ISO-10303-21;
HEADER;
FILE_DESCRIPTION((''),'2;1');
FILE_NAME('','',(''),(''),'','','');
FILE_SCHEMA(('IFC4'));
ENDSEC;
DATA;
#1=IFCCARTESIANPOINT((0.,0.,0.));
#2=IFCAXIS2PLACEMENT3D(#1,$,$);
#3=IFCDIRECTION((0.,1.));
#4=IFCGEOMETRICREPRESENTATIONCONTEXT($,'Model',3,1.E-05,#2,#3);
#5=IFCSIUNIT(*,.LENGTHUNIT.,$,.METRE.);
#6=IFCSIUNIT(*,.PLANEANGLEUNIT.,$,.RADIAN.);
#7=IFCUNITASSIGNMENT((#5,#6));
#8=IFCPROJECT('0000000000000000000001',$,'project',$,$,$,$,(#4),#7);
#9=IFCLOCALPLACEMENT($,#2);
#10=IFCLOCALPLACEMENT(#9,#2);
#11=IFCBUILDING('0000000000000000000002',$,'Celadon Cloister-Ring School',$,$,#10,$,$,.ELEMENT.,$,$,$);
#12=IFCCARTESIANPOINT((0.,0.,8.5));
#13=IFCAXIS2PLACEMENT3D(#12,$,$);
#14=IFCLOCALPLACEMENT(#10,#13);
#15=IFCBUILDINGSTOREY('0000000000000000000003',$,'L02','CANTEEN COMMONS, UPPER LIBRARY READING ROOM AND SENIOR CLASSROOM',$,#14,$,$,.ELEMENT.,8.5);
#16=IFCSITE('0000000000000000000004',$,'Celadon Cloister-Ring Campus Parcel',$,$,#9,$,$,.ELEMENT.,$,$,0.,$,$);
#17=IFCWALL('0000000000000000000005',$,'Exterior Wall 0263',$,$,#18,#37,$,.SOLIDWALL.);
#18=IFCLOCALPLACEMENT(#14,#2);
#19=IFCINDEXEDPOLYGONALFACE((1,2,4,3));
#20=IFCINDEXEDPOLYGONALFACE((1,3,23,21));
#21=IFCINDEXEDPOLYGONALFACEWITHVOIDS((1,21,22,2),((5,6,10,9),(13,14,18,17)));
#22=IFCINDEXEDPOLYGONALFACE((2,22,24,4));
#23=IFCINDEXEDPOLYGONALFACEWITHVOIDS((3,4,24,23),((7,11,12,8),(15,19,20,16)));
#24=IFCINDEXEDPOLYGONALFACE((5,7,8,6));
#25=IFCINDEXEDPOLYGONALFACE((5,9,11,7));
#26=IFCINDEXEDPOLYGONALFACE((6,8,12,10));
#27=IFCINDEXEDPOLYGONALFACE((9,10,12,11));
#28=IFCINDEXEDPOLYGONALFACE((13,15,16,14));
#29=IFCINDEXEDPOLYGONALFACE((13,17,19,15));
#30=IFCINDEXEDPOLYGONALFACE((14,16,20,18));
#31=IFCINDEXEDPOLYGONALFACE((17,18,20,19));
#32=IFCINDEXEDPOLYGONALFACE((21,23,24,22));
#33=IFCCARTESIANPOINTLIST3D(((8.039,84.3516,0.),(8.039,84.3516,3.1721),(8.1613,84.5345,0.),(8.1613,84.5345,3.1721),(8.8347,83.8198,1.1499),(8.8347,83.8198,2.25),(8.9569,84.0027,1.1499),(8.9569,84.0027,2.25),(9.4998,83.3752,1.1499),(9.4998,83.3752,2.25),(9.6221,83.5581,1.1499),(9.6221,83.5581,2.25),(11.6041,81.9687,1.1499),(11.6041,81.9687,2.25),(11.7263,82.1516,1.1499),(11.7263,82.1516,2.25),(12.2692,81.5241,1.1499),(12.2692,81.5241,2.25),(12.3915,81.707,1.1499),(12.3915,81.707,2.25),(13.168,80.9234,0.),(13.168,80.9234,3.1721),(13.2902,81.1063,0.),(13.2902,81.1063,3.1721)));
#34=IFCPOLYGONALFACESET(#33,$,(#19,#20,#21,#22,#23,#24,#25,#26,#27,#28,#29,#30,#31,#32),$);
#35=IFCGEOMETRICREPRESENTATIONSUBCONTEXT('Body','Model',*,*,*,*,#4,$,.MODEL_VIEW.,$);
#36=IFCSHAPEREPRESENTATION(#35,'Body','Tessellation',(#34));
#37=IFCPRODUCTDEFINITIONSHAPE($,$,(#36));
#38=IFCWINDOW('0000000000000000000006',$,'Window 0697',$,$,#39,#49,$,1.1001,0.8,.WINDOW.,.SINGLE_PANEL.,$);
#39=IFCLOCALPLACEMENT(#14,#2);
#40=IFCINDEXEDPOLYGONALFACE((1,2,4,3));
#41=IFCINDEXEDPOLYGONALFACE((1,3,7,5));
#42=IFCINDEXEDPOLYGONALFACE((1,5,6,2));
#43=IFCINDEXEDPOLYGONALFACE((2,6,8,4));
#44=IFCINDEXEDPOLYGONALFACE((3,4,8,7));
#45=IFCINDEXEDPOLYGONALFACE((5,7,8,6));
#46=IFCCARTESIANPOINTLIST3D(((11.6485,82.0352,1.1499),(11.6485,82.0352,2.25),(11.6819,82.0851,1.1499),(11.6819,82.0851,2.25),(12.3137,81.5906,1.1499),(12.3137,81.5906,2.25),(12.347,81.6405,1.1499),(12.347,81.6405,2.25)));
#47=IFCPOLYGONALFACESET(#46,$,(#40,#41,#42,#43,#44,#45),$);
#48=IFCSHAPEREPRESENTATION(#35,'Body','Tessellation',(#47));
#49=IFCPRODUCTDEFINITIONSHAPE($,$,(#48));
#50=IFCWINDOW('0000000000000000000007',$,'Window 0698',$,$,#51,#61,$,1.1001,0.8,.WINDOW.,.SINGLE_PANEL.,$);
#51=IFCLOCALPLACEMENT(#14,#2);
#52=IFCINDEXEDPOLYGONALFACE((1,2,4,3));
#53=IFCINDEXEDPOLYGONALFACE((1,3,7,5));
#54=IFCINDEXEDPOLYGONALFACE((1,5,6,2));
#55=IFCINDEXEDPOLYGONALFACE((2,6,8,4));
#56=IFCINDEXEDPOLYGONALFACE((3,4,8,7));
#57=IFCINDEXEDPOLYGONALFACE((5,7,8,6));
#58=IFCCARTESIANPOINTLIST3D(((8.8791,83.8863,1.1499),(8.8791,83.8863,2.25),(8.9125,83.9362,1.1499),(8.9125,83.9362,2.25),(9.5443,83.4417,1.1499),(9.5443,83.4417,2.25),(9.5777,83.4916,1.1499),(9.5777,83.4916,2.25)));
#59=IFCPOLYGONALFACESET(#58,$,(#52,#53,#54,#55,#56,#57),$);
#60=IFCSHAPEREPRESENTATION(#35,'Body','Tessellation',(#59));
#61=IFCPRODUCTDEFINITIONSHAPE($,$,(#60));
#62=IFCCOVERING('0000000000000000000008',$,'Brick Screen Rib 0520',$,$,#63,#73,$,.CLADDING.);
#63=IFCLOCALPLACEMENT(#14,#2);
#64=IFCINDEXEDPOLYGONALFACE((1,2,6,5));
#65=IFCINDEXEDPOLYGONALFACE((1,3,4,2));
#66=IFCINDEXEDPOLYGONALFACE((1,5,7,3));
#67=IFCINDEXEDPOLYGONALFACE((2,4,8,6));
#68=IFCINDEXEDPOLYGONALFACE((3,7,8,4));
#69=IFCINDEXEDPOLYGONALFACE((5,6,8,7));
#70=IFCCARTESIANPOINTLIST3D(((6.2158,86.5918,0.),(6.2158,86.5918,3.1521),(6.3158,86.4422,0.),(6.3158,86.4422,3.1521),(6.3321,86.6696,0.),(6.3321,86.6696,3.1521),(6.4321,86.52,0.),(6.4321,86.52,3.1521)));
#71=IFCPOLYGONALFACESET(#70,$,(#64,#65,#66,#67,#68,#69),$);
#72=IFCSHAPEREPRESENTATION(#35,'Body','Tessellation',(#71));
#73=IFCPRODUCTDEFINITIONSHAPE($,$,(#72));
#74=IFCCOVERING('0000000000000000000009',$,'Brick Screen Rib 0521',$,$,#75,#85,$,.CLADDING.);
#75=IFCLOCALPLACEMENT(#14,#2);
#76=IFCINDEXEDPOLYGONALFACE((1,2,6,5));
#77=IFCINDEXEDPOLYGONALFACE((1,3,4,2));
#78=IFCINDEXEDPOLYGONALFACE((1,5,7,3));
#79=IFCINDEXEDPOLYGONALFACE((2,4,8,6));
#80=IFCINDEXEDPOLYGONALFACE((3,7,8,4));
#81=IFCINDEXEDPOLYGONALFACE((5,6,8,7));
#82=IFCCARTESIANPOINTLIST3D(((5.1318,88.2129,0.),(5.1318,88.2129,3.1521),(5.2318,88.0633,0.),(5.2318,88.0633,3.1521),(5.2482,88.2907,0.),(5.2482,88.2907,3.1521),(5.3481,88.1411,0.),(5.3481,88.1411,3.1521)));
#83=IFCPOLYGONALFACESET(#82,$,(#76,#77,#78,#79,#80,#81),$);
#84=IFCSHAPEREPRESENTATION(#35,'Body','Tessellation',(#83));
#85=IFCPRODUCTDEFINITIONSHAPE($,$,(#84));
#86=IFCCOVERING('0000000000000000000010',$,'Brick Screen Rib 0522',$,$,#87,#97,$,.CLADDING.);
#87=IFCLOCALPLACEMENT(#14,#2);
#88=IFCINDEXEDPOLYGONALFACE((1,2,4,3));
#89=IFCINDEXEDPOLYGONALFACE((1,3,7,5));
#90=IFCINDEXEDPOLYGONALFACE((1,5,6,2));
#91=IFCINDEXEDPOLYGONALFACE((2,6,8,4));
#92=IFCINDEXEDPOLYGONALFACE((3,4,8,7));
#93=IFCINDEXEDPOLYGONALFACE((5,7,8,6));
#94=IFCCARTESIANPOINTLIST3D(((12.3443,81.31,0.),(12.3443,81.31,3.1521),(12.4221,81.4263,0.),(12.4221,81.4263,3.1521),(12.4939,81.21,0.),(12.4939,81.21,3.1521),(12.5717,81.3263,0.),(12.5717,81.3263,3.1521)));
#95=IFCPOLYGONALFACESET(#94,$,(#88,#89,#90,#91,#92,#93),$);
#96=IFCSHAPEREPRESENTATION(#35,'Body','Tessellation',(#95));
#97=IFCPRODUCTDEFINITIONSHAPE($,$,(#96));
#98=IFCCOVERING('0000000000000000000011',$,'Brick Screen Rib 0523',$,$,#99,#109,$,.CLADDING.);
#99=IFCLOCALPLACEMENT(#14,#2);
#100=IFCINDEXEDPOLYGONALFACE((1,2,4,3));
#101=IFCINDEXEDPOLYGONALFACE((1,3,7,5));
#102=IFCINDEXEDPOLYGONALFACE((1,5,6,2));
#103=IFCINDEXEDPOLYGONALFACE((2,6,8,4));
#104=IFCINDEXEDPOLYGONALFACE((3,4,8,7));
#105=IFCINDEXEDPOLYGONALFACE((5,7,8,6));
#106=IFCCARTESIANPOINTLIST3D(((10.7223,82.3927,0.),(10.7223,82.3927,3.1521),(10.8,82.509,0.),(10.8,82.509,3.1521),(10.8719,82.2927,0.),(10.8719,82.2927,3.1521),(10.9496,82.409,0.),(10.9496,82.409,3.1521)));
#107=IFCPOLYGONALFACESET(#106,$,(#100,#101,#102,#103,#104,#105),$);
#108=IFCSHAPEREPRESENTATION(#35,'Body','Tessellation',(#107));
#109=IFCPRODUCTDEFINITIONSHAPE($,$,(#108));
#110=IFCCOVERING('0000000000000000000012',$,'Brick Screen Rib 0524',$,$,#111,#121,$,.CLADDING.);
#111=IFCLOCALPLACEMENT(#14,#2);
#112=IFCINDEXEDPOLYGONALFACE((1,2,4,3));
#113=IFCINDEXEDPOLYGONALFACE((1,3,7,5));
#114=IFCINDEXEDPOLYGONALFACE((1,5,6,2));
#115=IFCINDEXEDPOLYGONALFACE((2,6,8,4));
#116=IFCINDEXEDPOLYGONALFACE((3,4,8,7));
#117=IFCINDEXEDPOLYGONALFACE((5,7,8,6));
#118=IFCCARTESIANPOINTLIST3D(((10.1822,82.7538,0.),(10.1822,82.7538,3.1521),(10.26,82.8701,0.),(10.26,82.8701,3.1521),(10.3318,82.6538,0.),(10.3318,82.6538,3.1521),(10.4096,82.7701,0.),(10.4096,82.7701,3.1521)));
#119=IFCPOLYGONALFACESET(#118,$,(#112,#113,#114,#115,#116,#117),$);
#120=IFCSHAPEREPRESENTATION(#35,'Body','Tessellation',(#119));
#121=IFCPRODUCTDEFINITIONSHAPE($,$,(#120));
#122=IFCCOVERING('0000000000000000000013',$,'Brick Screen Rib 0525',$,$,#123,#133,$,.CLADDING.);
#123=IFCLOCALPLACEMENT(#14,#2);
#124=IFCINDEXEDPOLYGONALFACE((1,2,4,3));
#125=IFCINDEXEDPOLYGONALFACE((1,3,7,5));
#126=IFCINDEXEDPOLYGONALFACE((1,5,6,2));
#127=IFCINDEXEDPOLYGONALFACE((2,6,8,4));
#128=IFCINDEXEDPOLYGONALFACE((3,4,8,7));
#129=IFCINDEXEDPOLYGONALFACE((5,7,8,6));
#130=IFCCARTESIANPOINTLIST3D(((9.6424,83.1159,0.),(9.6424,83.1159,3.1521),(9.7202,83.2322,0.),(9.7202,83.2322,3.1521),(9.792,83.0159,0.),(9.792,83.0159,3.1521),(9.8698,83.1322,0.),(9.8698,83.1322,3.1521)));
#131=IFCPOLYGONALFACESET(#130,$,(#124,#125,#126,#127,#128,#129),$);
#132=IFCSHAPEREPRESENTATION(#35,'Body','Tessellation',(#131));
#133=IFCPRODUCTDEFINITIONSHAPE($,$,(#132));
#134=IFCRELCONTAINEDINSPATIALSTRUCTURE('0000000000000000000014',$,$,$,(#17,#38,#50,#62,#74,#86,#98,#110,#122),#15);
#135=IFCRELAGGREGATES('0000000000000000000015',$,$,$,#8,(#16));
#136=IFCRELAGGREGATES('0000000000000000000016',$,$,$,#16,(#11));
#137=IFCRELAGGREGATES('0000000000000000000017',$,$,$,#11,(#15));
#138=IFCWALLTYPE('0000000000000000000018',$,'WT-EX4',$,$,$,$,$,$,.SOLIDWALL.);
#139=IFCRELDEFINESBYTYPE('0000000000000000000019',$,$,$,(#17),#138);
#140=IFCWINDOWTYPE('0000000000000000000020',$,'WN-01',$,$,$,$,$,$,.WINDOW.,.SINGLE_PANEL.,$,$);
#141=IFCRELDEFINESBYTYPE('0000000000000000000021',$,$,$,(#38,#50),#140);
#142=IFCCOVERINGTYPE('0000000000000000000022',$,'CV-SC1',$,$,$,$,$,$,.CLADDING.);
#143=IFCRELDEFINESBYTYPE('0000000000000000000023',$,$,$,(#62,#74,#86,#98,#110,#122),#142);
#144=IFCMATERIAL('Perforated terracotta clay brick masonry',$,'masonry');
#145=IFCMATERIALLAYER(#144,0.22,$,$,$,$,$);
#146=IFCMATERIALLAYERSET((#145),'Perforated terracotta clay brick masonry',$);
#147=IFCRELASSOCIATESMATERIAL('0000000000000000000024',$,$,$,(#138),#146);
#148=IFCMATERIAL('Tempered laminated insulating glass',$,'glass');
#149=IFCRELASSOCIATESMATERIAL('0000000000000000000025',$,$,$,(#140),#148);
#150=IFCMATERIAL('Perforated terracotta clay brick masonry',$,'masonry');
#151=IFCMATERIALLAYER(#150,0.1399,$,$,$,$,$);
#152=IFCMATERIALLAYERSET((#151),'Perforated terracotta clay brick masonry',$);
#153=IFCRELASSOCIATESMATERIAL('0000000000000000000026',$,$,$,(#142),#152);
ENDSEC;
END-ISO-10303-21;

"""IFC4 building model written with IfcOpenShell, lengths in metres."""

from ifc_helpers import new_model, si_unit, direction, frame, frame_2d, origin, origin_2d, place, context, subcontext, project, spatial, rectangle, extrude, material, layer, layer_set, type_object, element, fill, save


model = new_model("IFC4")

# Units and contexts
model_context = context("Model", 3, precision=1e-05, world=origin(), true_north=direction((0.0, 1.0)))
body_context = subcontext(model_context, "Body", "Model", "MODEL_VIEW")
ifc_project = project(units=[si_unit("LENGTHUNIT", "METRE"), si_unit("PLANEANGLEUNIT", "RADIAN")], contexts=[model_context])

# Site, building, storey
site_placement = place(None, origin())
site = spatial("IfcSite", under=ifc_project, at=site_placement, Name="Celadon Cloister-Ring Campus Parcel", CompositionType="ELEMENT", RefElevation=0.0)
building_placement = place(site_placement, origin())
building = spatial("IfcBuilding", under=site, at=building_placement, Name="Celadon Cloister-Ring School", CompositionType="ELEMENT")
storey_placement = place(building_placement, frame((0.0, 0.0, 8.5)))
storey = spatial("IfcBuildingStorey", under=building, at=storey_placement, Name="L02", Description="CANTEEN COMMONS, UPPER LIBRARY READING ROOM AND SENIOR CLASSROOM", CompositionType="ELEMENT", Elevation=8.5)

# Wall, openings, windows
ifc_material_1 = material(Name="Perforated terracotta clay brick masonry", Category="masonry")
ifc_layer_1 = layer(ifc_material_1, 0.22)
ifc_layer_set_1 = layer_set([ifc_layer_1], Name="Perforated terracotta clay brick masonry")
wall_type = type_object("IfcWallType", Name="WT-EX4", PredefinedType="SOLIDWALL", material=ifc_layer_set_1)
wall_1_placement = place(storey_placement, frame((13.229, 81.0149, 0.0), z_axis=(0.0, 0.0, 1.0), x_axis=(-0.83138, 0.555704, 0.0)))
wall_1 = element("IfcWall", 1, at=wall_1_placement, inside=storey, type_object=wall_type, Name="Exterior Wall 0263", PredefinedType="SOLIDWALL", context=body_context, shape_type="SweptSolid", body=[
    extrude(rectangle(XDim=6.1692, YDim=0.22, at=frame_2d((3.0845, 0.0))), origin(), (0.0, 0.0, 1.0), 3.1721),
])
opening_1_placement = place(wall_1_placement, frame((1.0811, 0.0, 1.1499)))
opening_1 = element("IfcOpeningElement", 2, at=opening_1_placement, cuts=wall_1, PredefinedType="OPENING", context=body_context, shape_type="SweptSolid", body=[
    extrude(rectangle(XDim=0.8, YDim=1.1001, at=frame_2d((0.3999, 0.55))), frame((0.0, 0.1201, 0.0), z_axis=(0.0, -1.0, 0.0), x_axis=(1.0, 0.0, 0.0)), (0.0, 0.0, 1.0), 0.24),
])
opening_2_placement = place(wall_1_placement, frame((4.4121, 0.0, 1.1499)))
opening_2 = element("IfcOpeningElement", 3, at=opening_2_placement, cuts=wall_1, PredefinedType="OPENING", context=body_context, shape_type="SweptSolid", body=[
    extrude(rectangle(XDim=0.8, YDim=1.1001, at=frame_2d((0.3999, 0.55))), frame((0.0, 0.1201, 0.0), z_axis=(0.0, -1.0, 0.0), x_axis=(1.0, 0.0, 0.0)), (0.0, 0.0, 1.0), 0.24),
])
ifc_material_2 = material(Name="Tempered laminated insulating glass", Category="glass")
window_type_1 = type_object("IfcWindowType", Name="WN-01", PartitioningType="SINGLE_PANEL", PredefinedType="WINDOW", material=ifc_material_2)
window_1_placement = place(opening_1_placement, origin())
window_1 = element("IfcWindow", 4, at=window_1_placement, inside=storey, type_object=window_type_1, Name="Window 0697", OverallHeight=1.1001, OverallWidth=0.8, PartitioningType="SINGLE_PANEL", PredefinedType="WINDOW", context=body_context, shape_type="SweptSolid", body=[
    extrude(rectangle(XDim=0.8, YDim=1.1001, at=frame_2d((0.3999, 0.55))), frame((0.0, 0.03, 0.0), z_axis=(0.0, -1.0, 0.0), x_axis=(1.0, 0.0, 0.0)), (0.0, 0.0, 1.0), 0.0601),
])
fill(opening_1, window_1)
window_2_placement = place(opening_2_placement, origin())
window_2 = element("IfcWindow", 5, at=window_2_placement, inside=storey, type_object=window_type_1, Name="Window 0698", OverallHeight=1.1001, OverallWidth=0.8, PartitioningType="SINGLE_PANEL", PredefinedType="WINDOW", context=body_context, shape_type="SweptSolid", body=[
    extrude(rectangle(XDim=0.8, YDim=1.1001, at=frame_2d((0.3999, 0.55))), frame((0.0, 0.03, 0.0), z_axis=(0.0, -1.0, 0.0), x_axis=(1.0, 0.0, 0.0)), (0.0, 0.0, 1.0), 0.0601),
])
fill(opening_2, window_2)

# Coverings
ifc_material_3 = material(Name="Perforated terracotta clay brick masonry", Category="masonry")
ifc_layer_2 = layer(ifc_material_3, 0.1399)
ifc_layer_set_2 = layer_set([ifc_layer_2], Name="Perforated terracotta clay brick masonry")
covering_type = type_object("IfcCoveringType", Name="CV-SC1", PredefinedType="CLADDING", material=ifc_layer_set_2)
for number, where, z_axis, x_axis, name in (
    (6, (6.324, 86.5559, 0.0), (0.0, 0.0, 1.0), (-0.555672, 0.831402, 0.0), "Brick Screen Rib 0520"),
    (7, (5.24, 88.177, 0.0), (0.0, 0.0, 1.0), (-0.555672, 0.831402, 0.0), "Brick Screen Rib 0521"),
    (8, (12.458, 81.3181, 0.0), (0.0, 0.0, 1.0), (-0.831402, 0.555672, 0.0), "Brick Screen Rib 0522"),
    (9, (10.8359, 82.4009, 0.0), (0.0, 0.0, 1.0), (-0.831402, 0.555672, 0.0), "Brick Screen Rib 0523"),
    (10, (10.2959, 82.762, 0.0), (0.0, 0.0, 1.0), (-0.831402, 0.555672, 0.0), "Brick Screen Rib 0524"),
    (11, (9.7561, 83.124, 0.0), (0.0, 0.0, 1.0), (-0.831402, 0.555672, 0.0), "Brick Screen Rib 0525"),
):
    element("IfcCovering", number, at=place(storey_placement, frame(where, z_axis=z_axis, x_axis=x_axis)), inside=storey, type_object=covering_type, Name=name, PredefinedType="CLADDING", context=body_context, shape_type="SweptSolid", body=[
        extrude(rectangle(XDim=0.1799, YDim=0.1399, at=origin_2d()), origin(), (0.0, 0.0, 1.0), 3.1521),
    ])

save(model, "model.ifc")
